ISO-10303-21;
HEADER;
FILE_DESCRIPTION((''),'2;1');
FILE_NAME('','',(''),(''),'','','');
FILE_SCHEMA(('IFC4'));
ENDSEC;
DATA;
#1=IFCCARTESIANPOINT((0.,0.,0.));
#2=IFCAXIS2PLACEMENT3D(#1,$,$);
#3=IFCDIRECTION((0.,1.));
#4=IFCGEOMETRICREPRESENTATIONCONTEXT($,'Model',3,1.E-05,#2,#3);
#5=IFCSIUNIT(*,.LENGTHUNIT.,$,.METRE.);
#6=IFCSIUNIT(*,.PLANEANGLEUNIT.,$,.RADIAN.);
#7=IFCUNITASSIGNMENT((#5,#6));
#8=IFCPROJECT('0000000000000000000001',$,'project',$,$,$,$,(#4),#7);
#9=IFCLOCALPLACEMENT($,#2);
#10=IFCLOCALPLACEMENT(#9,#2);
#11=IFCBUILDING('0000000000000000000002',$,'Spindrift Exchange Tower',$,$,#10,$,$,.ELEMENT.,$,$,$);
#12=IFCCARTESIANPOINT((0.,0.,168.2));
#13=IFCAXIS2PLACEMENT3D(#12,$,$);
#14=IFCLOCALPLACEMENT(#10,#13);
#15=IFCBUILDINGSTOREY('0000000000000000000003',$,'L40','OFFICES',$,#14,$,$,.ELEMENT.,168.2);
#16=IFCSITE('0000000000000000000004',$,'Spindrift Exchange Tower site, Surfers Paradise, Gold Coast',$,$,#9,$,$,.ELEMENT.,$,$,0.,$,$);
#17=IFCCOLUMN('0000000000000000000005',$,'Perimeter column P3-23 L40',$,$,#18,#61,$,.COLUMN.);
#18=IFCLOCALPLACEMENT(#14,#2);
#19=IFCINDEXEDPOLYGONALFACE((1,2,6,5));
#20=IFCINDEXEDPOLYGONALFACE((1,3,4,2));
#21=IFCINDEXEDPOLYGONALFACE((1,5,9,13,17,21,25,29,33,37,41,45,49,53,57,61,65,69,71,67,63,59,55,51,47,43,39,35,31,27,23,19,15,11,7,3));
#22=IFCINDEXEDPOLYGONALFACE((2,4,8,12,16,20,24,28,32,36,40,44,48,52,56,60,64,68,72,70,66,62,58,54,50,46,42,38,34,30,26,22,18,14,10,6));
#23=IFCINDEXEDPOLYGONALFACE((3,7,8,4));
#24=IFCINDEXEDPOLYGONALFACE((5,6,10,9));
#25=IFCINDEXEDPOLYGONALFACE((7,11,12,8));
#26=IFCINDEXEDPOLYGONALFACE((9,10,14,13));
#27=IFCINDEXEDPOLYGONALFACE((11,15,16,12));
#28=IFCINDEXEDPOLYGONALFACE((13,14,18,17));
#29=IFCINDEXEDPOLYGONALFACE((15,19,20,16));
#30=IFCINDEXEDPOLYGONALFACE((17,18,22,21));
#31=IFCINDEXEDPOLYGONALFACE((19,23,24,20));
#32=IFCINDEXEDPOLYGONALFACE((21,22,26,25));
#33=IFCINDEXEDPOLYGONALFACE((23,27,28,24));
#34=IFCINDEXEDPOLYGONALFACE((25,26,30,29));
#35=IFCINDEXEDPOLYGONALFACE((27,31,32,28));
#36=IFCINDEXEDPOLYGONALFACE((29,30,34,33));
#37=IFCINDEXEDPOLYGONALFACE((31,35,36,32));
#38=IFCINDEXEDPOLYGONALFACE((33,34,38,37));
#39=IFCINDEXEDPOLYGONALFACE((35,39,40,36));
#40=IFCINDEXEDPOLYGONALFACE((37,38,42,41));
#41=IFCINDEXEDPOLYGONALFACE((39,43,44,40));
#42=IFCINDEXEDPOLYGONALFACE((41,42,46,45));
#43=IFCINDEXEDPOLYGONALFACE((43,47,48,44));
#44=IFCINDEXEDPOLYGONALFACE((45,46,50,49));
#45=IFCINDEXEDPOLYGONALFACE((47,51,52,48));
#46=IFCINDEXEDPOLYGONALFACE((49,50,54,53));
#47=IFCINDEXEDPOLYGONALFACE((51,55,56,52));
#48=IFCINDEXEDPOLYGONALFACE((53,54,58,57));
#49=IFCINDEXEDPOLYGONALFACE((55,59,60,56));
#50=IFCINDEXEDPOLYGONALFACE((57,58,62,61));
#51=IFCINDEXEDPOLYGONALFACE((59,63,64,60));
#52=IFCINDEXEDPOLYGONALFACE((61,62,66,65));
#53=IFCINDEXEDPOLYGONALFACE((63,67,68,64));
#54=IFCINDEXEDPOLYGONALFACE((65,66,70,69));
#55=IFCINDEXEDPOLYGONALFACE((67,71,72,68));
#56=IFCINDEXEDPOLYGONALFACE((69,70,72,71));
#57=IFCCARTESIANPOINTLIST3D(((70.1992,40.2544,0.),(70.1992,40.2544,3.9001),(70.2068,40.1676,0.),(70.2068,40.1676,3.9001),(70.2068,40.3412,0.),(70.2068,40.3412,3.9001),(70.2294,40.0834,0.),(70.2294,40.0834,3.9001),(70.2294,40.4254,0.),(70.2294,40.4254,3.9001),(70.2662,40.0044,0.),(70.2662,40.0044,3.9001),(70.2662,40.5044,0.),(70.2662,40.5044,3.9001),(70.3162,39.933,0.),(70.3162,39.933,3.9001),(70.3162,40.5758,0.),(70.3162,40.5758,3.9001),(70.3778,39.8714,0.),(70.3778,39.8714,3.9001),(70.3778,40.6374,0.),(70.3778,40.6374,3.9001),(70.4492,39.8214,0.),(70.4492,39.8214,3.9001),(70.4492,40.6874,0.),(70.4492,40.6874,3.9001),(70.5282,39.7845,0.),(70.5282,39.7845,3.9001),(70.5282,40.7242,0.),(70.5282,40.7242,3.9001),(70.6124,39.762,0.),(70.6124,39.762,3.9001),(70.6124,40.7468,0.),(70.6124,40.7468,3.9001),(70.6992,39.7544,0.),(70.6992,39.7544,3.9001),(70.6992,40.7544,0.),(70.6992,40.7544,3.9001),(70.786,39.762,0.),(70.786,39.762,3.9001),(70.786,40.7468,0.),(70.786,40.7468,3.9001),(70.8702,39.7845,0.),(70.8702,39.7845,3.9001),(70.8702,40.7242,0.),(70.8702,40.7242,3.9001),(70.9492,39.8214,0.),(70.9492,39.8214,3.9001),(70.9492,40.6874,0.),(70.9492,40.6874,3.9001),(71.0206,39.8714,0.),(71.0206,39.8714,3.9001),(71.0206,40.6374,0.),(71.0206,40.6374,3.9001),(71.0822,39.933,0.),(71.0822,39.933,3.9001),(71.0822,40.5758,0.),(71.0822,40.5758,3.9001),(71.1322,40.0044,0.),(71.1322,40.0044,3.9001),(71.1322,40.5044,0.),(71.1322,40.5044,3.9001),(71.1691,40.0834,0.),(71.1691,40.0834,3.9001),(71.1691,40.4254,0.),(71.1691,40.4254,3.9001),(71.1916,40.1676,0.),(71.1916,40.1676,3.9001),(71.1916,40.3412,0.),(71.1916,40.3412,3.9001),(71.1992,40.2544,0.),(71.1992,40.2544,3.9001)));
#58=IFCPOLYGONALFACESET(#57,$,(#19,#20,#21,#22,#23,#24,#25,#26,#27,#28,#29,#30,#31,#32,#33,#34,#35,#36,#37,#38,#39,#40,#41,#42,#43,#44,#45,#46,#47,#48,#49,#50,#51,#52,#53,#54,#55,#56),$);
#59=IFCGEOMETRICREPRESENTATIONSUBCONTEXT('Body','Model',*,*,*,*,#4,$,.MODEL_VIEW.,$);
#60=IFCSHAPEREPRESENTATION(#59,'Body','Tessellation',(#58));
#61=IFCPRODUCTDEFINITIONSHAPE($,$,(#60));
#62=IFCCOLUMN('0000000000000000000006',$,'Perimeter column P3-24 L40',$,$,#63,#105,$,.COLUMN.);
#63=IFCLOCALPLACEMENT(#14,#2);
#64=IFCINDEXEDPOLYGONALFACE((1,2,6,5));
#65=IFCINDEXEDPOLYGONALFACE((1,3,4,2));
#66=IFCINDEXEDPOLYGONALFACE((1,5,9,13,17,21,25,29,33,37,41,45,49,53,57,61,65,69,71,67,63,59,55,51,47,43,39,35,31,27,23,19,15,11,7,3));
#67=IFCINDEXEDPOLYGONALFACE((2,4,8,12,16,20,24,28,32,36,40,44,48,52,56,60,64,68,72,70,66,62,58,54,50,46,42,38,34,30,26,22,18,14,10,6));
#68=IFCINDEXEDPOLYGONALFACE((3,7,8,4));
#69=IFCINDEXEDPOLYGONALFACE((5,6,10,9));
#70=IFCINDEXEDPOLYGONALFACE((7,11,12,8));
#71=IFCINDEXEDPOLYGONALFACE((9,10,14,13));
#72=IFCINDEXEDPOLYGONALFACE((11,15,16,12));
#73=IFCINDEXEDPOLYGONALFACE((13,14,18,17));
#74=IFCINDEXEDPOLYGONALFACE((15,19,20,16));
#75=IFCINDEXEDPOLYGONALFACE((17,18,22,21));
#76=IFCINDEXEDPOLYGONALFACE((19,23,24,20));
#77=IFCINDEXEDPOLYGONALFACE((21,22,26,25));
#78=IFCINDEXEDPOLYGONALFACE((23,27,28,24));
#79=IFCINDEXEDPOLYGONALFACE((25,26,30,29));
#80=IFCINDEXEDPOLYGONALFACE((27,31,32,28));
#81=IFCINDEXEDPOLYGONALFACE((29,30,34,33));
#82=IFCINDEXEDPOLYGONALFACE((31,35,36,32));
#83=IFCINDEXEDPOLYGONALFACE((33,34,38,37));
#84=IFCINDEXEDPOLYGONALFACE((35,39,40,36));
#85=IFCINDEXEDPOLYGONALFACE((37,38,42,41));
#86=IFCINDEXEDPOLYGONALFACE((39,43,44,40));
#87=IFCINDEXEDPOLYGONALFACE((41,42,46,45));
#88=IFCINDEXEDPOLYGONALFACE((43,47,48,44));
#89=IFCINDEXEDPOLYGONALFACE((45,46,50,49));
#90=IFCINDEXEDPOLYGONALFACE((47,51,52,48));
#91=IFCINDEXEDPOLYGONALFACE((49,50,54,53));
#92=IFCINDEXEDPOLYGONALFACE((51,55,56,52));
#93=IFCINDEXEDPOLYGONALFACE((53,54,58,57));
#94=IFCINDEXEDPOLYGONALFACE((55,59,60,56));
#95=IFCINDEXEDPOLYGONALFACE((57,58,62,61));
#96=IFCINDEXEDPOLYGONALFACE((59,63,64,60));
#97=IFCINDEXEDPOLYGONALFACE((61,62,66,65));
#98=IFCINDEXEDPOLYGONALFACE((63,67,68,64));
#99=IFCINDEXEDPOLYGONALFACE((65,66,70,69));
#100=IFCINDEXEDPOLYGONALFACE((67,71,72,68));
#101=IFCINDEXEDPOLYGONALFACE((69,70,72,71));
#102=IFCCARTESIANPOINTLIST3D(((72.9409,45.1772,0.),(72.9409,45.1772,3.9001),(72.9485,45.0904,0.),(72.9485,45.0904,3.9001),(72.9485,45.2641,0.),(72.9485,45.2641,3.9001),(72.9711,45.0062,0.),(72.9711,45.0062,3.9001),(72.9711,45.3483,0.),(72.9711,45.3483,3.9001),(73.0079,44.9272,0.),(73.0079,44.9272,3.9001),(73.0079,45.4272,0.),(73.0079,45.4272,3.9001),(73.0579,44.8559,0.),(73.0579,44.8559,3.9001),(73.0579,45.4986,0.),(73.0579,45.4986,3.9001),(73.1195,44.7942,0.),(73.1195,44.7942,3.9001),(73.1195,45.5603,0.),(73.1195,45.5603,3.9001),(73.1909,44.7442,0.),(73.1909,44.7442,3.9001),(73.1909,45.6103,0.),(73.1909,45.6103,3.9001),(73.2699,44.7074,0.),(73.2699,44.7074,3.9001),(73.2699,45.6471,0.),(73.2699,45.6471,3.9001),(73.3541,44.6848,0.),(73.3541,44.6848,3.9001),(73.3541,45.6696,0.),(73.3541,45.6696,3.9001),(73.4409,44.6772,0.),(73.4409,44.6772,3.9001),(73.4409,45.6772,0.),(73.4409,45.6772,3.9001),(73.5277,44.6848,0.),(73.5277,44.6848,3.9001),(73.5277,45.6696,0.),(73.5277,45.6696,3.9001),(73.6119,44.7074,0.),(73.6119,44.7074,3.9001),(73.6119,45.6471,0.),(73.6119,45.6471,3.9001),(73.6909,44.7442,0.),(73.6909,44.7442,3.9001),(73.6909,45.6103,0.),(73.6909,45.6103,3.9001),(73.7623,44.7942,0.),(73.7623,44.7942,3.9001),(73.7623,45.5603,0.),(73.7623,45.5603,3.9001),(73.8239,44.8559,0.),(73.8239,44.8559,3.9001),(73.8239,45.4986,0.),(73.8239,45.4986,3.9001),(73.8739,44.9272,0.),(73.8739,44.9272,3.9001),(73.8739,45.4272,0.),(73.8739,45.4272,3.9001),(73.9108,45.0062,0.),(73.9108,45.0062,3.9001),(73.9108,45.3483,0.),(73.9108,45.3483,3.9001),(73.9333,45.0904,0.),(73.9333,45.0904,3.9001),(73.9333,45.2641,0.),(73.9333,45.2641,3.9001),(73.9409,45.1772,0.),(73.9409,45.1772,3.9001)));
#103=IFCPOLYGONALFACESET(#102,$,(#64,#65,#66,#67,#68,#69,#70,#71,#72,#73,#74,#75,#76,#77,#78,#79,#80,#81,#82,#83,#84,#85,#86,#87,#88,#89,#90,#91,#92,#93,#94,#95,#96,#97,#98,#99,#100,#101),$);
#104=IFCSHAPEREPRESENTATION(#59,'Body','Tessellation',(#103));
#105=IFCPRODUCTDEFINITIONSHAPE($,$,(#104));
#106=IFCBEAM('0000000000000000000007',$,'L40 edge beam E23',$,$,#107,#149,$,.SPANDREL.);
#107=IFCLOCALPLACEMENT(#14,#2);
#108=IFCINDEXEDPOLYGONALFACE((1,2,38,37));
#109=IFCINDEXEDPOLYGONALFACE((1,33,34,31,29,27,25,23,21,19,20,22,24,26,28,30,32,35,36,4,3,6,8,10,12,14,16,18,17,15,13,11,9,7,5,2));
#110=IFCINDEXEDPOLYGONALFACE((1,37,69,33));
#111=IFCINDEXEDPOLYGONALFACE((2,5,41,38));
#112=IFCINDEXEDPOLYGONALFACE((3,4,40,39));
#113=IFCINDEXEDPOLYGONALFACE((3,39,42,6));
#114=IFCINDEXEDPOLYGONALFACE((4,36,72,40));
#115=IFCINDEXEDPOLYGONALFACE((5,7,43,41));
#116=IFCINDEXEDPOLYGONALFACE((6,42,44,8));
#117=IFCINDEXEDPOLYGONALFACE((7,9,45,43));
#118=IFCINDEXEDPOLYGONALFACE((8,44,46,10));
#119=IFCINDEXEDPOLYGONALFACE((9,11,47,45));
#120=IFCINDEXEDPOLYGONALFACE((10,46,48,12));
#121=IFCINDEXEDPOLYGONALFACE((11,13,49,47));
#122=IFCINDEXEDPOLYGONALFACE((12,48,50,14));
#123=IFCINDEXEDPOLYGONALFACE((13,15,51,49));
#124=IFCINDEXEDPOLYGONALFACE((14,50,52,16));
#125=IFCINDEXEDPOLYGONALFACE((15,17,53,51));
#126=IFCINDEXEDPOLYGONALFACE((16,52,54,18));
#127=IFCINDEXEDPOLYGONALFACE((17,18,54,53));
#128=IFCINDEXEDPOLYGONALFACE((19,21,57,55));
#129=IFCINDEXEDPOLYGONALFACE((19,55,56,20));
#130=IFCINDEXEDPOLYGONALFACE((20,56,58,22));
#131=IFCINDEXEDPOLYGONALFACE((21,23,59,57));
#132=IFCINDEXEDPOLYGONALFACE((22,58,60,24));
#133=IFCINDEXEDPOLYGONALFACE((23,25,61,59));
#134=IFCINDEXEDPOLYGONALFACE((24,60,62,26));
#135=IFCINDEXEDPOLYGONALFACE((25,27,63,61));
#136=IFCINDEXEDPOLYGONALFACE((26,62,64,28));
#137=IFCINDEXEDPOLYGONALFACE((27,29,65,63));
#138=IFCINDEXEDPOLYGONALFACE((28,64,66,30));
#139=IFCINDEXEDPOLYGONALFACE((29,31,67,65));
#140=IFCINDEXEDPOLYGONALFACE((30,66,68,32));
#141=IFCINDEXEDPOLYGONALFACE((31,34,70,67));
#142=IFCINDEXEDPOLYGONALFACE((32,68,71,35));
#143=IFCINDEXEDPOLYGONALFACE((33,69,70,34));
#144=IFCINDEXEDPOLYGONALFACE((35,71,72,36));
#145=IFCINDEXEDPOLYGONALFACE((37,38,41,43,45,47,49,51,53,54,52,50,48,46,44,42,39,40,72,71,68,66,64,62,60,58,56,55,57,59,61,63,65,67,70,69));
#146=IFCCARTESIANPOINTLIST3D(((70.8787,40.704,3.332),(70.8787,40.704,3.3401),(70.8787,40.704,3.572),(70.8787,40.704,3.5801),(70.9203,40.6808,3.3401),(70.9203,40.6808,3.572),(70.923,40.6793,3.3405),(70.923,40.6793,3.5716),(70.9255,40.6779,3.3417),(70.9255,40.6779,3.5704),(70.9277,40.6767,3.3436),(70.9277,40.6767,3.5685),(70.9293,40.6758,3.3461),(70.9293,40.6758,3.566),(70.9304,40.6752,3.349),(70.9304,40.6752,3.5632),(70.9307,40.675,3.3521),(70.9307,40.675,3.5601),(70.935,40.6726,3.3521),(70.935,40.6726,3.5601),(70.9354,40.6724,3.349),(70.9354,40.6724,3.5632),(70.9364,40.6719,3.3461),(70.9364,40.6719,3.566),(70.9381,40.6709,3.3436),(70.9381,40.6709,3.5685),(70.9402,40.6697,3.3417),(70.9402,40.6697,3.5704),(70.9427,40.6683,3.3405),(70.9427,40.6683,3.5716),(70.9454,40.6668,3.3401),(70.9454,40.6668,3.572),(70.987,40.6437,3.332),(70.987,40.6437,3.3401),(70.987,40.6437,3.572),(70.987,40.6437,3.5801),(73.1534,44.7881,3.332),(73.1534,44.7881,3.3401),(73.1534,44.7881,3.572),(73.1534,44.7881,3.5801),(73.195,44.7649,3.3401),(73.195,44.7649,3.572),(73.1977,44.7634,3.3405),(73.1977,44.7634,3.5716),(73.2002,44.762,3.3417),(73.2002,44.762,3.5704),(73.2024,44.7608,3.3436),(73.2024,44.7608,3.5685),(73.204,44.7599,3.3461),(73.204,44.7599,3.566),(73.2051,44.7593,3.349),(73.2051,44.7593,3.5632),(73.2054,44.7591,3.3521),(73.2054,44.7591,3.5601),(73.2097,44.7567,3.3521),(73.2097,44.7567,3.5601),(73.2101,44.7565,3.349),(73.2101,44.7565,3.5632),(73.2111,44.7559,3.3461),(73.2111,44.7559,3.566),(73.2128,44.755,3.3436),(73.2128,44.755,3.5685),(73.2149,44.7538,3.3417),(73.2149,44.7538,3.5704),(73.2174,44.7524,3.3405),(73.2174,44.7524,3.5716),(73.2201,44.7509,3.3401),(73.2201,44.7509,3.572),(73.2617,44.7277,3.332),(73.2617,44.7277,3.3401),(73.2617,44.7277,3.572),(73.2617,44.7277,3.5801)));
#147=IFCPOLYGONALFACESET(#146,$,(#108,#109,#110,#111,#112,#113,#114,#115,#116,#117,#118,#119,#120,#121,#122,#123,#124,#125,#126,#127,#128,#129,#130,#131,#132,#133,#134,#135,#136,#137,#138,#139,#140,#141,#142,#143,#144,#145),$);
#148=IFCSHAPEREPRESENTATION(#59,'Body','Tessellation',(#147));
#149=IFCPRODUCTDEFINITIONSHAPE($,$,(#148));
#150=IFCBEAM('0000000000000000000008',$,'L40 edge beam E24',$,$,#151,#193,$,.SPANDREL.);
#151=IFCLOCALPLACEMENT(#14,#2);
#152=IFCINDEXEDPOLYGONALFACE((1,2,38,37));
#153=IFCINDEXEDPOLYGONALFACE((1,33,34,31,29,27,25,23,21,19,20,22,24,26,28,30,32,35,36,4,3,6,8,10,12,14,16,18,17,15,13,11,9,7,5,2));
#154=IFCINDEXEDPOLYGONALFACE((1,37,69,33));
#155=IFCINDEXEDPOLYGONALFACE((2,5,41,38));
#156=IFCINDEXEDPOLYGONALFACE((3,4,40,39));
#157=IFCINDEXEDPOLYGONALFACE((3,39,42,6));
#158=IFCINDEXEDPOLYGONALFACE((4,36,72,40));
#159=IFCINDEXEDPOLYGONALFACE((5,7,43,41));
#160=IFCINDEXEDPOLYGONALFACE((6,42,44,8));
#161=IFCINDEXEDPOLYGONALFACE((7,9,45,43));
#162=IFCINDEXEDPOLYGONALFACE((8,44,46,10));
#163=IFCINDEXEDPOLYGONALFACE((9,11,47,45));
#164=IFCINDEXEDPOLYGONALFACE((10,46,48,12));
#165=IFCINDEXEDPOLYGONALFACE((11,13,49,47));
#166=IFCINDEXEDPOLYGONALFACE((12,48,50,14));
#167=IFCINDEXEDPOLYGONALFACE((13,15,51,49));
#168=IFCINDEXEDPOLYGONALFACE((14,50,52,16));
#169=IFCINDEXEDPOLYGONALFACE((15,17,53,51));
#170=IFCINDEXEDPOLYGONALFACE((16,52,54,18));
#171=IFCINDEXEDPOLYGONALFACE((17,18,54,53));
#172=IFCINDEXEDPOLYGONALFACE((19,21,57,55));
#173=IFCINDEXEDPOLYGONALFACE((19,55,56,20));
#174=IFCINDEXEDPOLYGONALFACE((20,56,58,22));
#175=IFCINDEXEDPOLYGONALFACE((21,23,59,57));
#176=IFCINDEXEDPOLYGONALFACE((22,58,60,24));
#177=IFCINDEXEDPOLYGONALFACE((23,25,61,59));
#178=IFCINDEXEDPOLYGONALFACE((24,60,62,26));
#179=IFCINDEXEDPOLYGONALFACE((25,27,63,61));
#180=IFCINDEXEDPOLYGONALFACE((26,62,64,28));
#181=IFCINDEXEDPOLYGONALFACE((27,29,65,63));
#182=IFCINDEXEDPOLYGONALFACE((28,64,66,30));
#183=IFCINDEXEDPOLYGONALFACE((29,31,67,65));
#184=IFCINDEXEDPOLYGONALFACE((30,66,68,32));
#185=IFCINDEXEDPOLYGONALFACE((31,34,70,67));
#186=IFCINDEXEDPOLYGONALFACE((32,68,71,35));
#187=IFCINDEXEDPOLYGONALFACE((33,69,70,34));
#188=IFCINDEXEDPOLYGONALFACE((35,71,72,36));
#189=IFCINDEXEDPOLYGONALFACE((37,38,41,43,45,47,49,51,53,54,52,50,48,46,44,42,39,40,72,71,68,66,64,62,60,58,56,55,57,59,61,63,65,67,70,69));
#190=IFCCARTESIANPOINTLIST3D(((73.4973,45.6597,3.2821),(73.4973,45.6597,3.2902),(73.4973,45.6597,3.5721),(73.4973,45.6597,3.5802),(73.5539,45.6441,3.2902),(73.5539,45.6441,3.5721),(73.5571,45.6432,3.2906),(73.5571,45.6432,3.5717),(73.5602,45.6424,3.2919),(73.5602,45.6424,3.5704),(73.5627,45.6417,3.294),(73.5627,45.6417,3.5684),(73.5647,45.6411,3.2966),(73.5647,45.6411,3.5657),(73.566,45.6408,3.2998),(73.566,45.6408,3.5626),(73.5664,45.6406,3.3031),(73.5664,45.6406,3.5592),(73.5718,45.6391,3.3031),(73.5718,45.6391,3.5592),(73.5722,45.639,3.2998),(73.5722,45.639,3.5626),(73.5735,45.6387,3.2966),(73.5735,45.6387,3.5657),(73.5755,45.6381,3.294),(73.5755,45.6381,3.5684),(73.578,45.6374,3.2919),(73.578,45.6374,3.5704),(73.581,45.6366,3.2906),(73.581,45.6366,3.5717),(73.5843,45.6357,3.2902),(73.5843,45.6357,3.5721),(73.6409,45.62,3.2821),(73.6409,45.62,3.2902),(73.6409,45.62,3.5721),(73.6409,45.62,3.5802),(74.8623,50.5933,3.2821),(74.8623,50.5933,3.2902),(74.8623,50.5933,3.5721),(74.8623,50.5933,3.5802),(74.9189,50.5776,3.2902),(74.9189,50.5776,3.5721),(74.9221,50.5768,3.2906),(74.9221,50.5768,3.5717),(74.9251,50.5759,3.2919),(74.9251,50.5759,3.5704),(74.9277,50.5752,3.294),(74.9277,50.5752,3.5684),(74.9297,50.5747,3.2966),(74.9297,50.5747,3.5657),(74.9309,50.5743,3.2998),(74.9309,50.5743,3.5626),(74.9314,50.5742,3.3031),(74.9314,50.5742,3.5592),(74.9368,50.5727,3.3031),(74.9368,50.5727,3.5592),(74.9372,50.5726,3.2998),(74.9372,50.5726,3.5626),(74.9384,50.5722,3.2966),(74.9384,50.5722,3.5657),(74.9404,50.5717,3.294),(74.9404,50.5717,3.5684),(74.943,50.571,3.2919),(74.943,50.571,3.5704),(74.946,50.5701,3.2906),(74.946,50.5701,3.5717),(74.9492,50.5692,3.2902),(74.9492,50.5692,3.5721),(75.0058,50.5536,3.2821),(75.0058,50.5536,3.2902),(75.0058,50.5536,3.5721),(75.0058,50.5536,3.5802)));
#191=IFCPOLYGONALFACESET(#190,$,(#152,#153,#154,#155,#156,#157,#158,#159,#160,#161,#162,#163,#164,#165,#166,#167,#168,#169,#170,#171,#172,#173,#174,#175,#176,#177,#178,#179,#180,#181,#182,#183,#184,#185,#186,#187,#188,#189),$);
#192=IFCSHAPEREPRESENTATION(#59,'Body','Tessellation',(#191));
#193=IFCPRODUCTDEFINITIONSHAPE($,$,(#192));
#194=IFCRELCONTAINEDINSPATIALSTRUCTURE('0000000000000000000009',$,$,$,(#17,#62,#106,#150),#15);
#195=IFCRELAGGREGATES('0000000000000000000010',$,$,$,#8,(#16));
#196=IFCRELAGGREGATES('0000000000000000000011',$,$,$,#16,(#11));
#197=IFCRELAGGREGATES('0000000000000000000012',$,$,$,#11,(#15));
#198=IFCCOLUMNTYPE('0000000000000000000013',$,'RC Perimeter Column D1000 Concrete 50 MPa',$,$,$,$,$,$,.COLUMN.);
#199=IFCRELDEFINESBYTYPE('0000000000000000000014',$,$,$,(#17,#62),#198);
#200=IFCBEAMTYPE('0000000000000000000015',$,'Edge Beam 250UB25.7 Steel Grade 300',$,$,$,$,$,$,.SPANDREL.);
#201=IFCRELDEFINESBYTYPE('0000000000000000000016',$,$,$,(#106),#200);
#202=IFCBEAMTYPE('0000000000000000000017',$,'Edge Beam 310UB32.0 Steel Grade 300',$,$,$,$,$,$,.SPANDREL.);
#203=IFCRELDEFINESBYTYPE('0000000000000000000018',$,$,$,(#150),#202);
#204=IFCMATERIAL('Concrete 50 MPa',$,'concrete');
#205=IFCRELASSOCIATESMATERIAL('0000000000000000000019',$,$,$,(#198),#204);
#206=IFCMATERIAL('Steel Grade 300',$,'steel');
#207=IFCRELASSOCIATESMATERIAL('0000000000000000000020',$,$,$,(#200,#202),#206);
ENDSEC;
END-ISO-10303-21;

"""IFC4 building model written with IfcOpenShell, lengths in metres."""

from ifc_helpers import new_model, si_unit, direction, frame, origin, origin_2d, place, context, subcontext, project, spatial, circle, i_section, extrude, source, transform, mapped, material, material_profile, profile_set, type_object, element, save


model = new_model("IFC4")

# Units and contexts
model_context = context("Model", 3, precision=1e-05, world=origin(), true_north=direction((0.0, 1.0)))
body_context = subcontext(model_context, "Body", "Model", "MODEL_VIEW")
ifc_project = project(units=[si_unit("LENGTHUNIT", "METRE"), si_unit("PLANEANGLEUNIT", "RADIAN")], contexts=[model_context])

# Site, building, storey
site_placement = place(None, origin())
site = spatial("IfcSite", under=ifc_project, at=site_placement, Name="Spindrift Exchange Tower site, Surfers Paradise, Gold Coast", CompositionType="ELEMENT", RefElevation=0.0)
building_placement = place(site_placement, origin())
building = spatial("IfcBuilding", under=site, at=building_placement, Name="Spindrift Exchange Tower", CompositionType="ELEMENT")
storey_placement = place(building_placement, frame((0.0, 0.0, 168.2)))
storey = spatial("IfcBuildingStorey", under=building, at=storey_placement, Name="L40", Description="OFFICES", CompositionType="ELEMENT", Elevation=168.2)

# Columns
ifc_material_1 = material(Name="Concrete 50 MPa", Category="concrete")
ifc_material_profile_1 = material_profile(ifc_material_1, circle(Radius=0.5, at=origin_2d()), Name="RC D1000")
ifc_profile_set_1 = profile_set([ifc_material_profile_1], Name="Concrete 50 MPa")
column_type = type_object("IfcColumnType", Name="RC Perimeter Column D1000 Concrete 50 MPa", PredefinedType="COLUMN", material=ifc_profile_set_1)
shared_shape_1 = source(origin(), body_context, "Body", "SweptSolid", [
    extrude(circle(Radius=0.5, at=origin_2d()), origin(), (0.0, 0.0, 1.0), 3.9001),
])
for number, where, z_axis, x_axis, name in (
    (1, (70.6992, 40.2544, 0.0), (0.0, 0.0, 1.0), (1.0, 0.0, 0.0), "Perimeter column P3-23 L40"),
    (2, (73.4409, 45.1772, 0.0), (0.0, 0.0, 1.0), (1.0, 0.0, 0.0), "Perimeter column P3-24 L40"),
):
    element("IfcColumn", number, at=place(storey_placement, frame(where, z_axis=z_axis, x_axis=x_axis)), inside=storey, type_object=column_type, Name=name, PredefinedType="COLUMN", context=body_context, shape_type="MappedRepresentation", body=[
        mapped(shared_shape_1, transform((0.0, 0.0, 0.0), scale=1.0)),
    ])

# Beams
ifc_material_2 = material(Name="Steel Grade 300", Category="steel")
ifc_material_profile_2 = material_profile(ifc_material_2, i_section(OverallWidth=0.124, OverallDepth=0.248, WebThickness=0.0049, FlangeThickness=0.0081, FilletRadius=0.012, at=origin_2d()), Name="250UB25.7")
ifc_profile_set_2 = profile_set([ifc_material_profile_2], Name="Steel Grade 300")
beam_type_1 = type_object("IfcBeamType", Name="Edge Beam 250UB25.7 Steel Grade 300", PredefinedType="SPANDREL", material=ifc_profile_set_2)
shared_shape_2 = source(origin(), body_context, "Body", "SweptSolid", [
    extrude(i_section(OverallWidth=0.124, OverallDepth=0.248, WebThickness=0.0049, FlangeThickness=0.0081, FilletRadius=0.012, at=origin_2d()), origin(), (0.0, 0.0, 1.0), 4.6748),
])
beam_1_placement = place(storey_placement, frame((70.9329, 40.6738, 3.4561), z_axis=(0.486587, 0.873632, 0.0), x_axis=(-0.873632, 0.486587, 0.0)))
element("IfcBeam", 3, at=beam_1_placement, inside=storey, type_object=beam_type_1, Name="L40 edge beam E23", PredefinedType="SPANDREL", context=body_context, shape_type="MappedRepresentation", body=[
    mapped(shared_shape_2, transform((0.0, 0.0, 0.0), scale=1.0)),
])
ifc_material_profile_3 = material_profile(ifc_material_2, i_section(OverallWidth=0.1489, OverallDepth=0.2981, WebThickness=0.0056, FlangeThickness=0.0081, FilletRadius=0.0129, at=origin_2d()), Name="310UB32.0")
ifc_profile_set_3 = profile_set([ifc_material_profile_3], Name="Steel Grade 300")
beam_type_2 = type_object("IfcBeamType", Name="Edge Beam 310UB32.0 Steel Grade 300", PredefinedType="SPANDREL", material=ifc_profile_set_3)
shared_shape_3 = source(origin(), body_context, "Body", "SweptSolid", [
    extrude(i_section(OverallWidth=0.1489, OverallDepth=0.2981, WebThickness=0.0056, FlangeThickness=0.0081, FilletRadius=0.0129, at=origin_2d()), origin(), (0.0, 0.0, 1.0), 5.1189),
])
beam_2_placement = place(storey_placement, frame((73.5691, 45.6399, 3.4312), z_axis=(0.266655, 0.963792, 0.0), x_axis=(-0.963792, 0.266655, 0.0)))
element("IfcBeam", 4, at=beam_2_placement, inside=storey, type_object=beam_type_2, Name="L40 edge beam E24", PredefinedType="SPANDREL", context=body_context, shape_type="MappedRepresentation", body=[
    mapped(shared_shape_3, transform((0.0, 0.0, 0.0), scale=1.0)),
])

save(model, "model.ifc")
